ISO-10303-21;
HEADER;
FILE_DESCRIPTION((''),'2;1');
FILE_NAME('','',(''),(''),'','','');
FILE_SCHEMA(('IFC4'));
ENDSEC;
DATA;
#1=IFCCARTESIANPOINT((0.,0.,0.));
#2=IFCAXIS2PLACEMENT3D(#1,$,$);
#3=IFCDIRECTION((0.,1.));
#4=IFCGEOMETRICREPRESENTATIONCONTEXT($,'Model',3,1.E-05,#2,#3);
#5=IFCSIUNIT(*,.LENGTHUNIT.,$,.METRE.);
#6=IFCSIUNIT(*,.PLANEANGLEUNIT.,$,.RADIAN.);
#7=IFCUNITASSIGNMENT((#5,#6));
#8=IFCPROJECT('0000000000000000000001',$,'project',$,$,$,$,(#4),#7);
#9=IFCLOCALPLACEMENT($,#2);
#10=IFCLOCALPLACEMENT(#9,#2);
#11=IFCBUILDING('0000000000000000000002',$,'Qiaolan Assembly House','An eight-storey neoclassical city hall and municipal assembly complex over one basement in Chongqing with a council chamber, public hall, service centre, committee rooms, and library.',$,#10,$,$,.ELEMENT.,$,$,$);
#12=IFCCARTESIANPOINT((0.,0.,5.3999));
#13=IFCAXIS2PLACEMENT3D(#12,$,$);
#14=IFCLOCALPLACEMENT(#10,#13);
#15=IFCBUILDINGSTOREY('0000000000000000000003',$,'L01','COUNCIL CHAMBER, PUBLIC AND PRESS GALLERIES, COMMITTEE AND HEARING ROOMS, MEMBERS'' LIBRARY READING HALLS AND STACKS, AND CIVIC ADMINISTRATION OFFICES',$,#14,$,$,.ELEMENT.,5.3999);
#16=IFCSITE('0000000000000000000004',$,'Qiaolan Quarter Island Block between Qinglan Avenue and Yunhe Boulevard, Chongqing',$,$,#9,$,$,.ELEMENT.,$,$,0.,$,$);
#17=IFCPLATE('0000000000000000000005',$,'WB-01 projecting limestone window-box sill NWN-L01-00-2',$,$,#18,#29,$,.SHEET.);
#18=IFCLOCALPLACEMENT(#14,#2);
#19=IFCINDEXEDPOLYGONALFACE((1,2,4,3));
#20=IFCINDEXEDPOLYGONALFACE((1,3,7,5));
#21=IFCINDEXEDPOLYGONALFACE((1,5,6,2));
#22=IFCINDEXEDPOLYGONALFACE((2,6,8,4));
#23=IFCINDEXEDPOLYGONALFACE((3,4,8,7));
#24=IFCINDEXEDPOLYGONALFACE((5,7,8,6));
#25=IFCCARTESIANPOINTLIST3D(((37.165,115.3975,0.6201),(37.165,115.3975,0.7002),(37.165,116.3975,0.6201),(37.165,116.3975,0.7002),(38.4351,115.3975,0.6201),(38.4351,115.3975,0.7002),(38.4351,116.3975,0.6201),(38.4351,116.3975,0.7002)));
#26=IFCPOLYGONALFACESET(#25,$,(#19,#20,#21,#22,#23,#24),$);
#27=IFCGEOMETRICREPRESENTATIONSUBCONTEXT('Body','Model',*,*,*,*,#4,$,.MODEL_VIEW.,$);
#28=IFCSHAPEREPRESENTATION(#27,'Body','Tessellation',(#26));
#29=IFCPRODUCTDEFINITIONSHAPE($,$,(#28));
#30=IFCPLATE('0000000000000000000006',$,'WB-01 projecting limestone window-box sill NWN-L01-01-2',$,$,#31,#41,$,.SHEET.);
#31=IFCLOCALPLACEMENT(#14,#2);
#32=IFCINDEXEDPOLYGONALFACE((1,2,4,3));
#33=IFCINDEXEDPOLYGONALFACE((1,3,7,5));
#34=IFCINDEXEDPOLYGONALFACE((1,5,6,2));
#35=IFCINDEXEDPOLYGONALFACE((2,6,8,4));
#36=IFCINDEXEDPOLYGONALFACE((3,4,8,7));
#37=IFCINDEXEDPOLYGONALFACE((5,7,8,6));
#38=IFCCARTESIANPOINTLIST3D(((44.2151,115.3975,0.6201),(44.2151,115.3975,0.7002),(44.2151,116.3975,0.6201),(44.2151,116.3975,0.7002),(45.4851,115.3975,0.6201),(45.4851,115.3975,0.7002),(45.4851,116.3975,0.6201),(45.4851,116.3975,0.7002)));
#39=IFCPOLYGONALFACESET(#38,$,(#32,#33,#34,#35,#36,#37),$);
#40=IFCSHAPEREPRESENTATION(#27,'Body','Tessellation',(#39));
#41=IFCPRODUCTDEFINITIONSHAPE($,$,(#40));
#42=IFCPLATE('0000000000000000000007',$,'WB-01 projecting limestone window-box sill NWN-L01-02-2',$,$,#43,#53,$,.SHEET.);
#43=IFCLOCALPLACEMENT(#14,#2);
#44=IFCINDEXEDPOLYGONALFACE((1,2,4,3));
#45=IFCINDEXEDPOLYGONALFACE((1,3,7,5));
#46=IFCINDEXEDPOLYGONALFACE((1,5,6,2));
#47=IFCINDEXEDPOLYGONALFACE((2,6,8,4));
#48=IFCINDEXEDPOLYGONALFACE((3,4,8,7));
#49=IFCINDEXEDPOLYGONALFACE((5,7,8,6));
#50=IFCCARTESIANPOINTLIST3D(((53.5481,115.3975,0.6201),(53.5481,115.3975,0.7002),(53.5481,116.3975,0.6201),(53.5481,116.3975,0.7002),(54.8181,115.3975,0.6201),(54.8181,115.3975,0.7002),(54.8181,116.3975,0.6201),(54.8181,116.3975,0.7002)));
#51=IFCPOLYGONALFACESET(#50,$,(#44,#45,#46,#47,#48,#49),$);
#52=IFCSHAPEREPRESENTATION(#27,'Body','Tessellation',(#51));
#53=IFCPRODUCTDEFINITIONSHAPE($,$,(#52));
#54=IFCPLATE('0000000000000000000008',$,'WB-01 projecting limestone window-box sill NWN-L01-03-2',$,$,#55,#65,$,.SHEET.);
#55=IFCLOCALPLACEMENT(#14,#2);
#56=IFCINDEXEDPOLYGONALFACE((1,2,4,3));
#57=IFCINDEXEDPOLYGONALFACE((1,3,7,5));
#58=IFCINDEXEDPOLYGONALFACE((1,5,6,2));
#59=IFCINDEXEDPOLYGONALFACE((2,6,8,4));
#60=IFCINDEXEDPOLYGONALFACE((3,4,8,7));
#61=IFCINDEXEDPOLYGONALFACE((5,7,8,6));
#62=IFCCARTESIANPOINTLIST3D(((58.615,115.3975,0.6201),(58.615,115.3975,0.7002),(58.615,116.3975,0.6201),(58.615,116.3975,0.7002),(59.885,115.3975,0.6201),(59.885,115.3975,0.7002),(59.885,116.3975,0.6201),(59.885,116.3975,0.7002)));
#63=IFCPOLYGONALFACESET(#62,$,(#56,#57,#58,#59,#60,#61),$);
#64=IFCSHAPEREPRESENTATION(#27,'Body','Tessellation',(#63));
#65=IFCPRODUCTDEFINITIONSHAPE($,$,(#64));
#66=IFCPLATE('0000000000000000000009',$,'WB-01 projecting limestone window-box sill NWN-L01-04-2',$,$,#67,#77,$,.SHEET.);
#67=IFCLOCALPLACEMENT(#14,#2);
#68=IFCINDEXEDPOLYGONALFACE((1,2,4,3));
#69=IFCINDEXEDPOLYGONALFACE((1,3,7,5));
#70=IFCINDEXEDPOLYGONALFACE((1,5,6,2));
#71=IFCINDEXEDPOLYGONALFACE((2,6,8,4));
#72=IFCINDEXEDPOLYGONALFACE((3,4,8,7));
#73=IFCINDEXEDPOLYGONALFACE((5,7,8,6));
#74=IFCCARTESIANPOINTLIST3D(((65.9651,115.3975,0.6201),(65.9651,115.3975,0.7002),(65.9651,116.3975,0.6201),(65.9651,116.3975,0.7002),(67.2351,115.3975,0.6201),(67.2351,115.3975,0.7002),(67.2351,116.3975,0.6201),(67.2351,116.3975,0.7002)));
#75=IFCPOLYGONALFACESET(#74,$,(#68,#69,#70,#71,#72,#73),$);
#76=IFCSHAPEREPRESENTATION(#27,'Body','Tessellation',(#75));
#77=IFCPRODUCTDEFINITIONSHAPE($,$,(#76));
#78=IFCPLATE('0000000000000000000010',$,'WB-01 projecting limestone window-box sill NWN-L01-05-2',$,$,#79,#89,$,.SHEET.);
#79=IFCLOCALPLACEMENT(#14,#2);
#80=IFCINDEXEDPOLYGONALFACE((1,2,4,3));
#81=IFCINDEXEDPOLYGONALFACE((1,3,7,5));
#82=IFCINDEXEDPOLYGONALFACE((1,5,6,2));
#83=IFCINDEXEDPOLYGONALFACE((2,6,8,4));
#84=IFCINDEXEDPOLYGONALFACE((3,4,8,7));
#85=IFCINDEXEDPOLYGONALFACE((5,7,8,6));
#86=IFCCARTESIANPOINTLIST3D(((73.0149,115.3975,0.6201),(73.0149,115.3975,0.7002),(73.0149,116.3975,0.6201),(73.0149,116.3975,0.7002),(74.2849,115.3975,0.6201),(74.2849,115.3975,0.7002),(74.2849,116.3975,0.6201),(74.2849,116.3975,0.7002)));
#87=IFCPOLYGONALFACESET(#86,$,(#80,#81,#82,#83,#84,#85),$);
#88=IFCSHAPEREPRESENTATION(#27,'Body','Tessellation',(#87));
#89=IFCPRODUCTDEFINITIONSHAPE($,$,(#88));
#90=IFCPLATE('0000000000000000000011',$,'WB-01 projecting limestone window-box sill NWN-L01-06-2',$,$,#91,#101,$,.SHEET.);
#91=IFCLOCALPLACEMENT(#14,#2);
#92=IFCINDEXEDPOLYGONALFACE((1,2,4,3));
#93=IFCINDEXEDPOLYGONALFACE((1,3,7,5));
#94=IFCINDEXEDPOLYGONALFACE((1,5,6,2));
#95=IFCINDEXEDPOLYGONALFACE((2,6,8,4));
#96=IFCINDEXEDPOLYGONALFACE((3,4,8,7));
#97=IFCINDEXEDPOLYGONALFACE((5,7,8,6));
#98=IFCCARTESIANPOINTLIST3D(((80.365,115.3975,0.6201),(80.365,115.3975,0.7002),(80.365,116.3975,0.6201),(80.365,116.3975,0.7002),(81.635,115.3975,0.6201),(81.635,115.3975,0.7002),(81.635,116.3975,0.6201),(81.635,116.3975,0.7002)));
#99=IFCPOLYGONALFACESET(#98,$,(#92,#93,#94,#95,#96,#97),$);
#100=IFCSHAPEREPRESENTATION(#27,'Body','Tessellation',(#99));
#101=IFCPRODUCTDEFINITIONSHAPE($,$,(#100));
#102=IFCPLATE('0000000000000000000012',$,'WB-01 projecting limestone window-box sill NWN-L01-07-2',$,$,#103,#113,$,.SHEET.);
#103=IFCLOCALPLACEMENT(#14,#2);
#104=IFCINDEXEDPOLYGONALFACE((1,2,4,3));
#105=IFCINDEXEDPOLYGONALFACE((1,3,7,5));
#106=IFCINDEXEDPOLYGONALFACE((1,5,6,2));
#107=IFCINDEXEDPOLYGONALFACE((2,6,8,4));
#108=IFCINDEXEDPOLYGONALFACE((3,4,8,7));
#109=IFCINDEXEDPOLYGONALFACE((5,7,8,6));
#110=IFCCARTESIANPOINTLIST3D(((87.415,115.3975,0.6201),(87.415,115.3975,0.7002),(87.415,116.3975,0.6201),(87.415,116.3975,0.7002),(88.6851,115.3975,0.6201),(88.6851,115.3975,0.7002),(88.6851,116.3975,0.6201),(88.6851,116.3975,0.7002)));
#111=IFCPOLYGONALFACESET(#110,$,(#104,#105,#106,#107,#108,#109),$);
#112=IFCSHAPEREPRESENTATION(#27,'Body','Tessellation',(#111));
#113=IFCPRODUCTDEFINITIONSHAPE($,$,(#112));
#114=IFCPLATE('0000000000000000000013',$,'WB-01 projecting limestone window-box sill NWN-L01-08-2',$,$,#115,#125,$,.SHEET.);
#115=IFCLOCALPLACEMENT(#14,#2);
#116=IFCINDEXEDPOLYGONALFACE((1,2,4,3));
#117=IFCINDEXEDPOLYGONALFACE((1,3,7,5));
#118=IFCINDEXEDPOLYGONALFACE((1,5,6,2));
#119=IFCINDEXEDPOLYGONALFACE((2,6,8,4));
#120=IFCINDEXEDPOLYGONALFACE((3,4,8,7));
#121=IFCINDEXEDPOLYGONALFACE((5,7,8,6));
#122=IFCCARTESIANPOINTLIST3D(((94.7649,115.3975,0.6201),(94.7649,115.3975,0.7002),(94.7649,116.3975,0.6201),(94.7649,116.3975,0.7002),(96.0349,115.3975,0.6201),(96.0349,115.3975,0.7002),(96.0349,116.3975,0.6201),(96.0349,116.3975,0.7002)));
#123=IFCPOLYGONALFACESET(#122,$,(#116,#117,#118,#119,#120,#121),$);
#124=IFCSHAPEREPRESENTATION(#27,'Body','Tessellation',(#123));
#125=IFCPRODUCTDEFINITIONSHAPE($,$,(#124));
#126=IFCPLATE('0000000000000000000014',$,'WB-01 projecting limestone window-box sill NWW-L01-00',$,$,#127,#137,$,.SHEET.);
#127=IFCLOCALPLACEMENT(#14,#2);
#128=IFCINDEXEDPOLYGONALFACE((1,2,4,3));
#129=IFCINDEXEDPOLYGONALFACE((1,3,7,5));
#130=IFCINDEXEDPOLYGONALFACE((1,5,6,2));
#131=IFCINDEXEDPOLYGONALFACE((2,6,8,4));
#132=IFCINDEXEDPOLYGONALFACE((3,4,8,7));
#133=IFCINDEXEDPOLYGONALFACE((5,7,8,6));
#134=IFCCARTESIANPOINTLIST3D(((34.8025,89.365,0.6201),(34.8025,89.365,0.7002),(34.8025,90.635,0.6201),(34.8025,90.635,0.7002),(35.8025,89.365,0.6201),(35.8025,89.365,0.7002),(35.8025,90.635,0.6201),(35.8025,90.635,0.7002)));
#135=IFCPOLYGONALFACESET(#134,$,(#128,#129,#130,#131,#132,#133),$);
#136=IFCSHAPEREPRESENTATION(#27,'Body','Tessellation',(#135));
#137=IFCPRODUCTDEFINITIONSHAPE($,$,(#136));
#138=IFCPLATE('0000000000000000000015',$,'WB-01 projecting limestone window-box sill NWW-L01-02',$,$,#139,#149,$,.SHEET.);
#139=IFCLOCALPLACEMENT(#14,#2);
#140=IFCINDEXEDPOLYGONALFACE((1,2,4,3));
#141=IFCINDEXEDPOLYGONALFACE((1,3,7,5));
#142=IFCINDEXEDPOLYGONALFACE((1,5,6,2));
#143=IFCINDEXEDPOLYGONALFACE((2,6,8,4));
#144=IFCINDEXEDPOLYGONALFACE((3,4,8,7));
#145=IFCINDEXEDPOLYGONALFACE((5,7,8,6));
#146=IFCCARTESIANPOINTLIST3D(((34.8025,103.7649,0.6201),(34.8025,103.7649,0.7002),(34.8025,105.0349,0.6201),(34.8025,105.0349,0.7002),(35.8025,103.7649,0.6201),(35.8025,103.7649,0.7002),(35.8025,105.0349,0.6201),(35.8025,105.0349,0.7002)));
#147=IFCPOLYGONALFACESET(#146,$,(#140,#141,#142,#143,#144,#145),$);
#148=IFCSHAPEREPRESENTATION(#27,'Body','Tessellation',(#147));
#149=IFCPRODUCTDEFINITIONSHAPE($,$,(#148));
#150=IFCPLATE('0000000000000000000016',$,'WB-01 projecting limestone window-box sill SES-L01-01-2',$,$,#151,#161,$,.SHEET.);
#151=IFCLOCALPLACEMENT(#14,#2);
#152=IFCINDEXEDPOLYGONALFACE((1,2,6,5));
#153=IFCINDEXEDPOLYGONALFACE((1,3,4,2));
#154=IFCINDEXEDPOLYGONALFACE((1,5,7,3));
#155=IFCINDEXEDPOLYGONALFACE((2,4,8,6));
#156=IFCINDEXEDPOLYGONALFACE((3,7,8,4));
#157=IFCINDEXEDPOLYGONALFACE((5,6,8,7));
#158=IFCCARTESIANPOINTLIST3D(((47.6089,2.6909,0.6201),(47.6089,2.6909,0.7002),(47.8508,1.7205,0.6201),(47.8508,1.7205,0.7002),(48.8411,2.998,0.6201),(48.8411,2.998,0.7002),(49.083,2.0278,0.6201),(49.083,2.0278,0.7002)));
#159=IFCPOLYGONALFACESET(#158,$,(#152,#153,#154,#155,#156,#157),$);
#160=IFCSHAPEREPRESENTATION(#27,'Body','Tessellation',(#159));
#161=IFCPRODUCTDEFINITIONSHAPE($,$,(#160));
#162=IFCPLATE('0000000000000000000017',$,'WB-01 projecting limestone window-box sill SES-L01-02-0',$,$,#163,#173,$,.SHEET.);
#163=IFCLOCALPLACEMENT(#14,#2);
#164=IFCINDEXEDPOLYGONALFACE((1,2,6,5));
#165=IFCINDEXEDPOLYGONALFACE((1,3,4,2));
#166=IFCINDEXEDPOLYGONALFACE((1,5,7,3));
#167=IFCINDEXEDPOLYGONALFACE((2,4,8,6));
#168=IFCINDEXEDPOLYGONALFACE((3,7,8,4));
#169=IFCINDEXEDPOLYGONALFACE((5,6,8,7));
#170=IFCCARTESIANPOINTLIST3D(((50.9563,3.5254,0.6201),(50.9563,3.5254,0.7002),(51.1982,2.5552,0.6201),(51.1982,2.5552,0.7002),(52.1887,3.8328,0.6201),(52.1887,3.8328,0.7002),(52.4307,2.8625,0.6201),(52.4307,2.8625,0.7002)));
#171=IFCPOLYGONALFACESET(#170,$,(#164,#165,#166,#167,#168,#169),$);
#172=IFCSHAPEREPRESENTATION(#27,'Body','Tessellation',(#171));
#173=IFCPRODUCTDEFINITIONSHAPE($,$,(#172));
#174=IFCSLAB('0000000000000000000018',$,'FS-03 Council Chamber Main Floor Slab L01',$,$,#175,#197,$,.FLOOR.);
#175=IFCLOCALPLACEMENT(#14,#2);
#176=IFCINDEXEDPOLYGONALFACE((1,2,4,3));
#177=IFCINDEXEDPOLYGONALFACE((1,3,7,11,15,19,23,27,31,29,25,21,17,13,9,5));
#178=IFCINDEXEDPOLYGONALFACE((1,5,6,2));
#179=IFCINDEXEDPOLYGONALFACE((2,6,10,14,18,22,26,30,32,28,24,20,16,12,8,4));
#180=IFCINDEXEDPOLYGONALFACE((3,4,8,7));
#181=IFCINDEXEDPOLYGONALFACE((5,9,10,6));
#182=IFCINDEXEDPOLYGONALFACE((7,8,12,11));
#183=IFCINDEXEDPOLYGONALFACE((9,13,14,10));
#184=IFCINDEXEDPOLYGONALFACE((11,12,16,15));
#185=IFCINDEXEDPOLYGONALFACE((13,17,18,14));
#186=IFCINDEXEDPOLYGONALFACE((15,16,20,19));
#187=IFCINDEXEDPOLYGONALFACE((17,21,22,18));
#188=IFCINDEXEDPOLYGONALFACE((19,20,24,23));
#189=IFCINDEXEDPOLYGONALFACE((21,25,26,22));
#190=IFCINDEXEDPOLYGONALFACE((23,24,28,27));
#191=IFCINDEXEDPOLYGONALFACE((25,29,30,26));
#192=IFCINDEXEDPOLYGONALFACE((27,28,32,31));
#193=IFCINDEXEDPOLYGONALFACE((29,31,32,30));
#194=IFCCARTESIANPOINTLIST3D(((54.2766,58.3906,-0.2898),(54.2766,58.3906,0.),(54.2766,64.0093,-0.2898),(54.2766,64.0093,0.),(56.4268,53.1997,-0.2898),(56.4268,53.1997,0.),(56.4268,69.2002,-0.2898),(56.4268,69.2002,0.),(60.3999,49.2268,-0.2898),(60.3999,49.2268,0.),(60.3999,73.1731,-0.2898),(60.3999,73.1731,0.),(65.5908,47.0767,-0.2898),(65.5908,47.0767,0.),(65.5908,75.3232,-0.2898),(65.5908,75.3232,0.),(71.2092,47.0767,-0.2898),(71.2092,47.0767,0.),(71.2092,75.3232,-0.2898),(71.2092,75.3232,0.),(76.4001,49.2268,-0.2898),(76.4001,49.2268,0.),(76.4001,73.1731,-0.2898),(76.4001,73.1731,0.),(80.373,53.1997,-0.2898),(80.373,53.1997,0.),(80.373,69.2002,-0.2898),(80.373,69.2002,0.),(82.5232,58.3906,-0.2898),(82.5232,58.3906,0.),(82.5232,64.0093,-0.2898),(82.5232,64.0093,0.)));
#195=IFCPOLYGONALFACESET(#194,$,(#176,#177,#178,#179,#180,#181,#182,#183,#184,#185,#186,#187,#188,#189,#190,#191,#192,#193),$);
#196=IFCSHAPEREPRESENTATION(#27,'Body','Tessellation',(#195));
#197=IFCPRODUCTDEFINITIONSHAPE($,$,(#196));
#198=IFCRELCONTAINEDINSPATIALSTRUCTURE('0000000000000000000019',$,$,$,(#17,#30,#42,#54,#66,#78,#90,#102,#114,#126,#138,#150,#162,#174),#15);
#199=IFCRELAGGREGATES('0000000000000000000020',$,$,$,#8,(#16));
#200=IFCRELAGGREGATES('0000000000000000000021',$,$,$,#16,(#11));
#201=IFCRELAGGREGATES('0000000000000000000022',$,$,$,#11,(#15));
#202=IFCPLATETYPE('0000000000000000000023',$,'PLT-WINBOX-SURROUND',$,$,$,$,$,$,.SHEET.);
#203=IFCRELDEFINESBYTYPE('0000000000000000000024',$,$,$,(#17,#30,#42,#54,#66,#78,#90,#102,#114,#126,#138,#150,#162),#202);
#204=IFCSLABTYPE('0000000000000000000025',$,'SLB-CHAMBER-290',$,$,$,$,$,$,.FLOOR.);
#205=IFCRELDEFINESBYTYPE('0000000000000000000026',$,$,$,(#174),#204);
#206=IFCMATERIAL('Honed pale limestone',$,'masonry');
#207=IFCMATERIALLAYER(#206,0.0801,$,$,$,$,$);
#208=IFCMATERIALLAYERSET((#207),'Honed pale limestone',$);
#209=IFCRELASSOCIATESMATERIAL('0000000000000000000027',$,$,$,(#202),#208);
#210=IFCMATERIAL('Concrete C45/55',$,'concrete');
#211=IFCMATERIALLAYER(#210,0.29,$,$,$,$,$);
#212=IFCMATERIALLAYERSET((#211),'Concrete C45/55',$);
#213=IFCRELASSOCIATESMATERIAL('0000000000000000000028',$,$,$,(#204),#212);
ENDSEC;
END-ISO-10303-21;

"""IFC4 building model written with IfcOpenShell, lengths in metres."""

from ifc_helpers import new_model, si_unit, direction, frame, origin, place, context, subcontext, project, spatial, polyline, outline, extrude, material, layer, layer_set, type_object, element, save


model = new_model("IFC4")

# Units and contexts
model_context = context("Model", 3, precision=1e-05, world=origin(), true_north=direction((0.0, 1.0)))
body_context = subcontext(model_context, "Body", "Model", "MODEL_VIEW")
ifc_project = project(units=[si_unit("LENGTHUNIT", "METRE"), si_unit("PLANEANGLEUNIT", "RADIAN")], contexts=[model_context])

# Site, building, storey
site_placement = place(None, origin())
site = spatial("IfcSite", under=ifc_project, at=site_placement, Name="Qiaolan Quarter Island Block between Qinglan Avenue and Yunhe Boulevard, Chongqing", CompositionType="ELEMENT", RefElevation=0.0)
building_placement = place(site_placement, origin())
building = spatial("IfcBuilding", under=site, at=building_placement, Name="Qiaolan Assembly House", Description="An eight-storey neoclassical city hall and municipal assembly complex over one basement in Chongqing with a council chamber, public hall, service centre, committee rooms, and library.", CompositionType="ELEMENT")
storey_placement = place(building_placement, frame((0.0, 0.0, 5.3999)))
storey = spatial("IfcBuildingStorey", under=building, at=storey_placement, Name="L01", Description="COUNCIL CHAMBER, PUBLIC AND PRESS GALLERIES, COMMITTEE AND HEARING ROOMS, MEMBERS' LIBRARY READING HALLS AND STACKS, AND CIVIC ADMINISTRATION OFFICES", CompositionType="ELEMENT", Elevation=5.3999)

# Plates
ifc_material_1 = material(Name="Honed pale limestone", Category="masonry")
ifc_layer_1 = layer(ifc_material_1, 0.0801)
ifc_layer_set_1 = layer_set([ifc_layer_1], Name="Honed pale limestone")
plate_type = type_object("IfcPlateType", Name="PLT-WINBOX-SURROUND", PredefinedType="SHEET", material=ifc_layer_set_1)
plate_1_placement = place(storey_placement, frame((0.0, 0.0, 0.6201)))
element("IfcPlate", 1, at=plate_1_placement, inside=storey, type_object=plate_type, Name="WB-01 projecting limestone window-box sill NWN-L01-00-2", PredefinedType="SHEET", context=body_context, shape_type="SweptSolid", body=[
    extrude(outline(polyline([(37.165, 115.3975), (37.165, 116.3975), (38.4351, 116.3975), (38.4351, 115.3975), (37.165, 115.3975)])), origin(), (0.0, 0.0, 1.0), 0.0801),
])
plate_2_placement = place(storey_placement, frame((0.0, 0.0, 0.6201)))
element("IfcPlate", 2, at=plate_2_placement, inside=storey, type_object=plate_type, Name="WB-01 projecting limestone window-box sill NWN-L01-01-2", PredefinedType="SHEET", context=body_context, shape_type="SweptSolid", body=[
    extrude(outline(polyline([(44.2151, 115.3975), (44.2151, 116.3975), (45.4851, 116.3975), (45.4851, 115.3975), (44.2151, 115.3975)])), origin(), (0.0, 0.0, 1.0), 0.0801),
])
plate_3_placement = place(storey_placement, frame((0.0, 0.0, 0.6201)))
element("IfcPlate", 3, at=plate_3_placement, inside=storey, type_object=plate_type, Name="WB-01 projecting limestone window-box sill NWN-L01-02-2", PredefinedType="SHEET", context=body_context, shape_type="SweptSolid", body=[
    extrude(outline(polyline([(53.5481, 115.3975), (53.5481, 116.3975), (54.8181, 116.3975), (54.8181, 115.3975), (53.5481, 115.3975)])), origin(), (0.0, 0.0, 1.0), 0.0801),
])
plate_4_placement = place(storey_placement, frame((0.0, 0.0, 0.6201)))
element("IfcPlate", 4, at=plate_4_placement, inside=storey, type_object=plate_type, Name="WB-01 projecting limestone window-box sill NWN-L01-03-2", PredefinedType="SHEET", context=body_context, shape_type="SweptSolid", body=[
    extrude(outline(polyline([(58.615, 115.3975), (58.615, 116.3975), (59.885, 116.3975), (59.885, 115.3975), (58.615, 115.3975)])), origin(), (0.0, 0.0, 1.0), 0.0801),
])
plate_5_placement = place(storey_placement, frame((0.0, 0.0, 0.6201)))
element("IfcPlate", 5, at=plate_5_placement, inside=storey, type_object=plate_type, Name="WB-01 projecting limestone window-box sill NWN-L01-04-2", PredefinedType="SHEET", context=body_context, shape_type="SweptSolid", body=[
    extrude(outline(polyline([(65.9651, 115.3975), (65.9651, 116.3975), (67.2351, 116.3975), (67.2351, 115.3975), (65.9651, 115.3975)])), origin(), (0.0, 0.0, 1.0), 0.0801),
])
plate_6_placement = place(storey_placement, frame((0.0, 0.0, 0.6201)))
element("IfcPlate", 6, at=plate_6_placement, inside=storey, type_object=plate_type, Name="WB-01 projecting limestone window-box sill NWN-L01-05-2", PredefinedType="SHEET", context=body_context, shape_type="SweptSolid", body=[
    extrude(outline(polyline([(73.0149, 115.3975), (73.0149, 116.3975), (74.2849, 116.3975), (74.2849, 115.3975), (73.0149, 115.3975)])), origin(), (0.0, 0.0, 1.0), 0.0801),
])
plate_7_placement = place(storey_placement, frame((0.0, 0.0, 0.6201)))
element("IfcPlate", 7, at=plate_7_placement, inside=storey, type_object=plate_type, Name="WB-01 projecting limestone window-box sill NWN-L01-06-2", PredefinedType="SHEET", context=body_context, shape_type="SweptSolid", body=[
    extrude(outline(polyline([(80.365, 115.3975), (80.365, 116.3975), (81.635, 116.3975), (81.635, 115.3975), (80.365, 115.3975)])), origin(), (0.0, 0.0, 1.0), 0.0801),
])
plate_8_placement = place(storey_placement, frame((0.0, 0.0, 0.6201)))
element("IfcPlate", 8, at=plate_8_placement, inside=storey, type_object=plate_type, Name="WB-01 projecting limestone window-box sill NWN-L01-07-2", PredefinedType="SHEET", context=body_context, shape_type="SweptSolid", body=[
    extrude(outline(polyline([(87.415, 115.3975), (87.415, 116.3975), (88.6851, 116.3975), (88.6851, 115.3975), (87.415, 115.3975)])), origin(), (0.0, 0.0, 1.0), 0.0801),
])
plate_9_placement = place(storey_placement, frame((0.0, 0.0, 0.6201)))
element("IfcPlate", 9, at=plate_9_placement, inside=storey, type_object=plate_type, Name="WB-01 projecting limestone window-box sill NWN-L01-08-2", PredefinedType="SHEET", context=body_context, shape_type="SweptSolid", body=[
    extrude(outline(polyline([(94.7649, 115.3975), (94.7649, 116.3975), (96.0349, 116.3975), (96.0349, 115.3975), (94.7649, 115.3975)])), origin(), (0.0, 0.0, 1.0), 0.0801),
])
plate_10_placement = place(storey_placement, frame((0.0, 0.0, 0.6201)))
element("IfcPlate", 10, at=plate_10_placement, inside=storey, type_object=plate_type, Name="WB-01 projecting limestone window-box sill NWW-L01-00", PredefinedType="SHEET", context=body_context, shape_type="SweptSolid", body=[
    extrude(outline(polyline([(34.8025, 89.365), (34.8025, 90.635), (35.8025, 90.635), (35.8025, 89.365), (34.8025, 89.365)])), origin(), (0.0, 0.0, 1.0), 0.0801),
])
plate_11_placement = place(storey_placement, frame((0.0, 0.0, 0.6201)))
element("IfcPlate", 11, at=plate_11_placement, inside=storey, type_object=plate_type, Name="WB-01 projecting limestone window-box sill NWW-L01-02", PredefinedType="SHEET", context=body_context, shape_type="SweptSolid", body=[
    extrude(outline(polyline([(34.8025, 103.7649), (34.8025, 105.0349), (35.8025, 105.0349), (35.8025, 103.7649), (34.8025, 103.7649)])), origin(), (0.0, 0.0, 1.0), 0.0801),
])
plate_12_placement = place(storey_placement, frame((0.0, 0.0, 0.6201)))
element("IfcPlate", 12, at=plate_12_placement, inside=storey, type_object=plate_type, Name="WB-01 projecting limestone window-box sill SES-L01-01-2", PredefinedType="SHEET", context=body_context, shape_type="SweptSolid", body=[
    extrude(outline(polyline([(47.8508, 1.7205), (49.083, 2.0278), (48.8411, 2.998), (47.6089, 2.6909), (47.8508, 1.7205)])), origin(), (0.0, 0.0, 1.0), 0.0801),
])
plate_13_placement = place(storey_placement, frame((0.0, 0.0, 0.6201)))
element("IfcPlate", 13, at=plate_13_placement, inside=storey, type_object=plate_type, Name="WB-01 projecting limestone window-box sill SES-L01-02-0", PredefinedType="SHEET", context=body_context, shape_type="SweptSolid", body=[
    extrude(outline(polyline([(51.1982, 2.5552), (52.4307, 2.8625), (52.1887, 3.8328), (50.9563, 3.5254), (51.1982, 2.5552)])), origin(), (0.0, 0.0, 1.0), 0.0801),
])

# Slab
ifc_material_2 = material(Name="Concrete C45/55", Category="concrete")
ifc_layer_2 = layer(ifc_material_2, 0.29)
ifc_layer_set_2 = layer_set([ifc_layer_2], Name="Concrete C45/55")
slab_type_1 = type_object("IfcSlabType", Name="SLB-CHAMBER-290", PredefinedType="FLOOR", material=ifc_layer_set_2)
slab_1_placement = place(storey_placement, frame((0.0, 0.0, -0.2898)))
element("IfcSlab", 14, at=slab_1_placement, inside=storey, type_object=slab_type_1, Name="FS-03 Council Chamber Main Floor Slab L01", PredefinedType="FLOOR", context=body_context, shape_type="SweptSolid", body=[
    extrude(outline(polyline([(82.5232, 64.0093), (80.373, 69.2002), (76.4001, 73.1731), (71.2092, 75.3232), (65.5908, 75.3232), (60.3999, 73.1731), (56.4268, 69.2002), (54.2766, 64.0093), (54.2766, 58.3906), (56.4268, 53.1997), (60.3999, 49.2268), (65.5908, 47.0767), (71.2092, 47.0767), (76.4001, 49.2268), (80.373, 53.1997), (82.5232, 58.3906), (82.5232, 64.0093)])), origin(), (0.0, 0.0, 1.0), 0.2898),
])

save(model, "model.ifc")
